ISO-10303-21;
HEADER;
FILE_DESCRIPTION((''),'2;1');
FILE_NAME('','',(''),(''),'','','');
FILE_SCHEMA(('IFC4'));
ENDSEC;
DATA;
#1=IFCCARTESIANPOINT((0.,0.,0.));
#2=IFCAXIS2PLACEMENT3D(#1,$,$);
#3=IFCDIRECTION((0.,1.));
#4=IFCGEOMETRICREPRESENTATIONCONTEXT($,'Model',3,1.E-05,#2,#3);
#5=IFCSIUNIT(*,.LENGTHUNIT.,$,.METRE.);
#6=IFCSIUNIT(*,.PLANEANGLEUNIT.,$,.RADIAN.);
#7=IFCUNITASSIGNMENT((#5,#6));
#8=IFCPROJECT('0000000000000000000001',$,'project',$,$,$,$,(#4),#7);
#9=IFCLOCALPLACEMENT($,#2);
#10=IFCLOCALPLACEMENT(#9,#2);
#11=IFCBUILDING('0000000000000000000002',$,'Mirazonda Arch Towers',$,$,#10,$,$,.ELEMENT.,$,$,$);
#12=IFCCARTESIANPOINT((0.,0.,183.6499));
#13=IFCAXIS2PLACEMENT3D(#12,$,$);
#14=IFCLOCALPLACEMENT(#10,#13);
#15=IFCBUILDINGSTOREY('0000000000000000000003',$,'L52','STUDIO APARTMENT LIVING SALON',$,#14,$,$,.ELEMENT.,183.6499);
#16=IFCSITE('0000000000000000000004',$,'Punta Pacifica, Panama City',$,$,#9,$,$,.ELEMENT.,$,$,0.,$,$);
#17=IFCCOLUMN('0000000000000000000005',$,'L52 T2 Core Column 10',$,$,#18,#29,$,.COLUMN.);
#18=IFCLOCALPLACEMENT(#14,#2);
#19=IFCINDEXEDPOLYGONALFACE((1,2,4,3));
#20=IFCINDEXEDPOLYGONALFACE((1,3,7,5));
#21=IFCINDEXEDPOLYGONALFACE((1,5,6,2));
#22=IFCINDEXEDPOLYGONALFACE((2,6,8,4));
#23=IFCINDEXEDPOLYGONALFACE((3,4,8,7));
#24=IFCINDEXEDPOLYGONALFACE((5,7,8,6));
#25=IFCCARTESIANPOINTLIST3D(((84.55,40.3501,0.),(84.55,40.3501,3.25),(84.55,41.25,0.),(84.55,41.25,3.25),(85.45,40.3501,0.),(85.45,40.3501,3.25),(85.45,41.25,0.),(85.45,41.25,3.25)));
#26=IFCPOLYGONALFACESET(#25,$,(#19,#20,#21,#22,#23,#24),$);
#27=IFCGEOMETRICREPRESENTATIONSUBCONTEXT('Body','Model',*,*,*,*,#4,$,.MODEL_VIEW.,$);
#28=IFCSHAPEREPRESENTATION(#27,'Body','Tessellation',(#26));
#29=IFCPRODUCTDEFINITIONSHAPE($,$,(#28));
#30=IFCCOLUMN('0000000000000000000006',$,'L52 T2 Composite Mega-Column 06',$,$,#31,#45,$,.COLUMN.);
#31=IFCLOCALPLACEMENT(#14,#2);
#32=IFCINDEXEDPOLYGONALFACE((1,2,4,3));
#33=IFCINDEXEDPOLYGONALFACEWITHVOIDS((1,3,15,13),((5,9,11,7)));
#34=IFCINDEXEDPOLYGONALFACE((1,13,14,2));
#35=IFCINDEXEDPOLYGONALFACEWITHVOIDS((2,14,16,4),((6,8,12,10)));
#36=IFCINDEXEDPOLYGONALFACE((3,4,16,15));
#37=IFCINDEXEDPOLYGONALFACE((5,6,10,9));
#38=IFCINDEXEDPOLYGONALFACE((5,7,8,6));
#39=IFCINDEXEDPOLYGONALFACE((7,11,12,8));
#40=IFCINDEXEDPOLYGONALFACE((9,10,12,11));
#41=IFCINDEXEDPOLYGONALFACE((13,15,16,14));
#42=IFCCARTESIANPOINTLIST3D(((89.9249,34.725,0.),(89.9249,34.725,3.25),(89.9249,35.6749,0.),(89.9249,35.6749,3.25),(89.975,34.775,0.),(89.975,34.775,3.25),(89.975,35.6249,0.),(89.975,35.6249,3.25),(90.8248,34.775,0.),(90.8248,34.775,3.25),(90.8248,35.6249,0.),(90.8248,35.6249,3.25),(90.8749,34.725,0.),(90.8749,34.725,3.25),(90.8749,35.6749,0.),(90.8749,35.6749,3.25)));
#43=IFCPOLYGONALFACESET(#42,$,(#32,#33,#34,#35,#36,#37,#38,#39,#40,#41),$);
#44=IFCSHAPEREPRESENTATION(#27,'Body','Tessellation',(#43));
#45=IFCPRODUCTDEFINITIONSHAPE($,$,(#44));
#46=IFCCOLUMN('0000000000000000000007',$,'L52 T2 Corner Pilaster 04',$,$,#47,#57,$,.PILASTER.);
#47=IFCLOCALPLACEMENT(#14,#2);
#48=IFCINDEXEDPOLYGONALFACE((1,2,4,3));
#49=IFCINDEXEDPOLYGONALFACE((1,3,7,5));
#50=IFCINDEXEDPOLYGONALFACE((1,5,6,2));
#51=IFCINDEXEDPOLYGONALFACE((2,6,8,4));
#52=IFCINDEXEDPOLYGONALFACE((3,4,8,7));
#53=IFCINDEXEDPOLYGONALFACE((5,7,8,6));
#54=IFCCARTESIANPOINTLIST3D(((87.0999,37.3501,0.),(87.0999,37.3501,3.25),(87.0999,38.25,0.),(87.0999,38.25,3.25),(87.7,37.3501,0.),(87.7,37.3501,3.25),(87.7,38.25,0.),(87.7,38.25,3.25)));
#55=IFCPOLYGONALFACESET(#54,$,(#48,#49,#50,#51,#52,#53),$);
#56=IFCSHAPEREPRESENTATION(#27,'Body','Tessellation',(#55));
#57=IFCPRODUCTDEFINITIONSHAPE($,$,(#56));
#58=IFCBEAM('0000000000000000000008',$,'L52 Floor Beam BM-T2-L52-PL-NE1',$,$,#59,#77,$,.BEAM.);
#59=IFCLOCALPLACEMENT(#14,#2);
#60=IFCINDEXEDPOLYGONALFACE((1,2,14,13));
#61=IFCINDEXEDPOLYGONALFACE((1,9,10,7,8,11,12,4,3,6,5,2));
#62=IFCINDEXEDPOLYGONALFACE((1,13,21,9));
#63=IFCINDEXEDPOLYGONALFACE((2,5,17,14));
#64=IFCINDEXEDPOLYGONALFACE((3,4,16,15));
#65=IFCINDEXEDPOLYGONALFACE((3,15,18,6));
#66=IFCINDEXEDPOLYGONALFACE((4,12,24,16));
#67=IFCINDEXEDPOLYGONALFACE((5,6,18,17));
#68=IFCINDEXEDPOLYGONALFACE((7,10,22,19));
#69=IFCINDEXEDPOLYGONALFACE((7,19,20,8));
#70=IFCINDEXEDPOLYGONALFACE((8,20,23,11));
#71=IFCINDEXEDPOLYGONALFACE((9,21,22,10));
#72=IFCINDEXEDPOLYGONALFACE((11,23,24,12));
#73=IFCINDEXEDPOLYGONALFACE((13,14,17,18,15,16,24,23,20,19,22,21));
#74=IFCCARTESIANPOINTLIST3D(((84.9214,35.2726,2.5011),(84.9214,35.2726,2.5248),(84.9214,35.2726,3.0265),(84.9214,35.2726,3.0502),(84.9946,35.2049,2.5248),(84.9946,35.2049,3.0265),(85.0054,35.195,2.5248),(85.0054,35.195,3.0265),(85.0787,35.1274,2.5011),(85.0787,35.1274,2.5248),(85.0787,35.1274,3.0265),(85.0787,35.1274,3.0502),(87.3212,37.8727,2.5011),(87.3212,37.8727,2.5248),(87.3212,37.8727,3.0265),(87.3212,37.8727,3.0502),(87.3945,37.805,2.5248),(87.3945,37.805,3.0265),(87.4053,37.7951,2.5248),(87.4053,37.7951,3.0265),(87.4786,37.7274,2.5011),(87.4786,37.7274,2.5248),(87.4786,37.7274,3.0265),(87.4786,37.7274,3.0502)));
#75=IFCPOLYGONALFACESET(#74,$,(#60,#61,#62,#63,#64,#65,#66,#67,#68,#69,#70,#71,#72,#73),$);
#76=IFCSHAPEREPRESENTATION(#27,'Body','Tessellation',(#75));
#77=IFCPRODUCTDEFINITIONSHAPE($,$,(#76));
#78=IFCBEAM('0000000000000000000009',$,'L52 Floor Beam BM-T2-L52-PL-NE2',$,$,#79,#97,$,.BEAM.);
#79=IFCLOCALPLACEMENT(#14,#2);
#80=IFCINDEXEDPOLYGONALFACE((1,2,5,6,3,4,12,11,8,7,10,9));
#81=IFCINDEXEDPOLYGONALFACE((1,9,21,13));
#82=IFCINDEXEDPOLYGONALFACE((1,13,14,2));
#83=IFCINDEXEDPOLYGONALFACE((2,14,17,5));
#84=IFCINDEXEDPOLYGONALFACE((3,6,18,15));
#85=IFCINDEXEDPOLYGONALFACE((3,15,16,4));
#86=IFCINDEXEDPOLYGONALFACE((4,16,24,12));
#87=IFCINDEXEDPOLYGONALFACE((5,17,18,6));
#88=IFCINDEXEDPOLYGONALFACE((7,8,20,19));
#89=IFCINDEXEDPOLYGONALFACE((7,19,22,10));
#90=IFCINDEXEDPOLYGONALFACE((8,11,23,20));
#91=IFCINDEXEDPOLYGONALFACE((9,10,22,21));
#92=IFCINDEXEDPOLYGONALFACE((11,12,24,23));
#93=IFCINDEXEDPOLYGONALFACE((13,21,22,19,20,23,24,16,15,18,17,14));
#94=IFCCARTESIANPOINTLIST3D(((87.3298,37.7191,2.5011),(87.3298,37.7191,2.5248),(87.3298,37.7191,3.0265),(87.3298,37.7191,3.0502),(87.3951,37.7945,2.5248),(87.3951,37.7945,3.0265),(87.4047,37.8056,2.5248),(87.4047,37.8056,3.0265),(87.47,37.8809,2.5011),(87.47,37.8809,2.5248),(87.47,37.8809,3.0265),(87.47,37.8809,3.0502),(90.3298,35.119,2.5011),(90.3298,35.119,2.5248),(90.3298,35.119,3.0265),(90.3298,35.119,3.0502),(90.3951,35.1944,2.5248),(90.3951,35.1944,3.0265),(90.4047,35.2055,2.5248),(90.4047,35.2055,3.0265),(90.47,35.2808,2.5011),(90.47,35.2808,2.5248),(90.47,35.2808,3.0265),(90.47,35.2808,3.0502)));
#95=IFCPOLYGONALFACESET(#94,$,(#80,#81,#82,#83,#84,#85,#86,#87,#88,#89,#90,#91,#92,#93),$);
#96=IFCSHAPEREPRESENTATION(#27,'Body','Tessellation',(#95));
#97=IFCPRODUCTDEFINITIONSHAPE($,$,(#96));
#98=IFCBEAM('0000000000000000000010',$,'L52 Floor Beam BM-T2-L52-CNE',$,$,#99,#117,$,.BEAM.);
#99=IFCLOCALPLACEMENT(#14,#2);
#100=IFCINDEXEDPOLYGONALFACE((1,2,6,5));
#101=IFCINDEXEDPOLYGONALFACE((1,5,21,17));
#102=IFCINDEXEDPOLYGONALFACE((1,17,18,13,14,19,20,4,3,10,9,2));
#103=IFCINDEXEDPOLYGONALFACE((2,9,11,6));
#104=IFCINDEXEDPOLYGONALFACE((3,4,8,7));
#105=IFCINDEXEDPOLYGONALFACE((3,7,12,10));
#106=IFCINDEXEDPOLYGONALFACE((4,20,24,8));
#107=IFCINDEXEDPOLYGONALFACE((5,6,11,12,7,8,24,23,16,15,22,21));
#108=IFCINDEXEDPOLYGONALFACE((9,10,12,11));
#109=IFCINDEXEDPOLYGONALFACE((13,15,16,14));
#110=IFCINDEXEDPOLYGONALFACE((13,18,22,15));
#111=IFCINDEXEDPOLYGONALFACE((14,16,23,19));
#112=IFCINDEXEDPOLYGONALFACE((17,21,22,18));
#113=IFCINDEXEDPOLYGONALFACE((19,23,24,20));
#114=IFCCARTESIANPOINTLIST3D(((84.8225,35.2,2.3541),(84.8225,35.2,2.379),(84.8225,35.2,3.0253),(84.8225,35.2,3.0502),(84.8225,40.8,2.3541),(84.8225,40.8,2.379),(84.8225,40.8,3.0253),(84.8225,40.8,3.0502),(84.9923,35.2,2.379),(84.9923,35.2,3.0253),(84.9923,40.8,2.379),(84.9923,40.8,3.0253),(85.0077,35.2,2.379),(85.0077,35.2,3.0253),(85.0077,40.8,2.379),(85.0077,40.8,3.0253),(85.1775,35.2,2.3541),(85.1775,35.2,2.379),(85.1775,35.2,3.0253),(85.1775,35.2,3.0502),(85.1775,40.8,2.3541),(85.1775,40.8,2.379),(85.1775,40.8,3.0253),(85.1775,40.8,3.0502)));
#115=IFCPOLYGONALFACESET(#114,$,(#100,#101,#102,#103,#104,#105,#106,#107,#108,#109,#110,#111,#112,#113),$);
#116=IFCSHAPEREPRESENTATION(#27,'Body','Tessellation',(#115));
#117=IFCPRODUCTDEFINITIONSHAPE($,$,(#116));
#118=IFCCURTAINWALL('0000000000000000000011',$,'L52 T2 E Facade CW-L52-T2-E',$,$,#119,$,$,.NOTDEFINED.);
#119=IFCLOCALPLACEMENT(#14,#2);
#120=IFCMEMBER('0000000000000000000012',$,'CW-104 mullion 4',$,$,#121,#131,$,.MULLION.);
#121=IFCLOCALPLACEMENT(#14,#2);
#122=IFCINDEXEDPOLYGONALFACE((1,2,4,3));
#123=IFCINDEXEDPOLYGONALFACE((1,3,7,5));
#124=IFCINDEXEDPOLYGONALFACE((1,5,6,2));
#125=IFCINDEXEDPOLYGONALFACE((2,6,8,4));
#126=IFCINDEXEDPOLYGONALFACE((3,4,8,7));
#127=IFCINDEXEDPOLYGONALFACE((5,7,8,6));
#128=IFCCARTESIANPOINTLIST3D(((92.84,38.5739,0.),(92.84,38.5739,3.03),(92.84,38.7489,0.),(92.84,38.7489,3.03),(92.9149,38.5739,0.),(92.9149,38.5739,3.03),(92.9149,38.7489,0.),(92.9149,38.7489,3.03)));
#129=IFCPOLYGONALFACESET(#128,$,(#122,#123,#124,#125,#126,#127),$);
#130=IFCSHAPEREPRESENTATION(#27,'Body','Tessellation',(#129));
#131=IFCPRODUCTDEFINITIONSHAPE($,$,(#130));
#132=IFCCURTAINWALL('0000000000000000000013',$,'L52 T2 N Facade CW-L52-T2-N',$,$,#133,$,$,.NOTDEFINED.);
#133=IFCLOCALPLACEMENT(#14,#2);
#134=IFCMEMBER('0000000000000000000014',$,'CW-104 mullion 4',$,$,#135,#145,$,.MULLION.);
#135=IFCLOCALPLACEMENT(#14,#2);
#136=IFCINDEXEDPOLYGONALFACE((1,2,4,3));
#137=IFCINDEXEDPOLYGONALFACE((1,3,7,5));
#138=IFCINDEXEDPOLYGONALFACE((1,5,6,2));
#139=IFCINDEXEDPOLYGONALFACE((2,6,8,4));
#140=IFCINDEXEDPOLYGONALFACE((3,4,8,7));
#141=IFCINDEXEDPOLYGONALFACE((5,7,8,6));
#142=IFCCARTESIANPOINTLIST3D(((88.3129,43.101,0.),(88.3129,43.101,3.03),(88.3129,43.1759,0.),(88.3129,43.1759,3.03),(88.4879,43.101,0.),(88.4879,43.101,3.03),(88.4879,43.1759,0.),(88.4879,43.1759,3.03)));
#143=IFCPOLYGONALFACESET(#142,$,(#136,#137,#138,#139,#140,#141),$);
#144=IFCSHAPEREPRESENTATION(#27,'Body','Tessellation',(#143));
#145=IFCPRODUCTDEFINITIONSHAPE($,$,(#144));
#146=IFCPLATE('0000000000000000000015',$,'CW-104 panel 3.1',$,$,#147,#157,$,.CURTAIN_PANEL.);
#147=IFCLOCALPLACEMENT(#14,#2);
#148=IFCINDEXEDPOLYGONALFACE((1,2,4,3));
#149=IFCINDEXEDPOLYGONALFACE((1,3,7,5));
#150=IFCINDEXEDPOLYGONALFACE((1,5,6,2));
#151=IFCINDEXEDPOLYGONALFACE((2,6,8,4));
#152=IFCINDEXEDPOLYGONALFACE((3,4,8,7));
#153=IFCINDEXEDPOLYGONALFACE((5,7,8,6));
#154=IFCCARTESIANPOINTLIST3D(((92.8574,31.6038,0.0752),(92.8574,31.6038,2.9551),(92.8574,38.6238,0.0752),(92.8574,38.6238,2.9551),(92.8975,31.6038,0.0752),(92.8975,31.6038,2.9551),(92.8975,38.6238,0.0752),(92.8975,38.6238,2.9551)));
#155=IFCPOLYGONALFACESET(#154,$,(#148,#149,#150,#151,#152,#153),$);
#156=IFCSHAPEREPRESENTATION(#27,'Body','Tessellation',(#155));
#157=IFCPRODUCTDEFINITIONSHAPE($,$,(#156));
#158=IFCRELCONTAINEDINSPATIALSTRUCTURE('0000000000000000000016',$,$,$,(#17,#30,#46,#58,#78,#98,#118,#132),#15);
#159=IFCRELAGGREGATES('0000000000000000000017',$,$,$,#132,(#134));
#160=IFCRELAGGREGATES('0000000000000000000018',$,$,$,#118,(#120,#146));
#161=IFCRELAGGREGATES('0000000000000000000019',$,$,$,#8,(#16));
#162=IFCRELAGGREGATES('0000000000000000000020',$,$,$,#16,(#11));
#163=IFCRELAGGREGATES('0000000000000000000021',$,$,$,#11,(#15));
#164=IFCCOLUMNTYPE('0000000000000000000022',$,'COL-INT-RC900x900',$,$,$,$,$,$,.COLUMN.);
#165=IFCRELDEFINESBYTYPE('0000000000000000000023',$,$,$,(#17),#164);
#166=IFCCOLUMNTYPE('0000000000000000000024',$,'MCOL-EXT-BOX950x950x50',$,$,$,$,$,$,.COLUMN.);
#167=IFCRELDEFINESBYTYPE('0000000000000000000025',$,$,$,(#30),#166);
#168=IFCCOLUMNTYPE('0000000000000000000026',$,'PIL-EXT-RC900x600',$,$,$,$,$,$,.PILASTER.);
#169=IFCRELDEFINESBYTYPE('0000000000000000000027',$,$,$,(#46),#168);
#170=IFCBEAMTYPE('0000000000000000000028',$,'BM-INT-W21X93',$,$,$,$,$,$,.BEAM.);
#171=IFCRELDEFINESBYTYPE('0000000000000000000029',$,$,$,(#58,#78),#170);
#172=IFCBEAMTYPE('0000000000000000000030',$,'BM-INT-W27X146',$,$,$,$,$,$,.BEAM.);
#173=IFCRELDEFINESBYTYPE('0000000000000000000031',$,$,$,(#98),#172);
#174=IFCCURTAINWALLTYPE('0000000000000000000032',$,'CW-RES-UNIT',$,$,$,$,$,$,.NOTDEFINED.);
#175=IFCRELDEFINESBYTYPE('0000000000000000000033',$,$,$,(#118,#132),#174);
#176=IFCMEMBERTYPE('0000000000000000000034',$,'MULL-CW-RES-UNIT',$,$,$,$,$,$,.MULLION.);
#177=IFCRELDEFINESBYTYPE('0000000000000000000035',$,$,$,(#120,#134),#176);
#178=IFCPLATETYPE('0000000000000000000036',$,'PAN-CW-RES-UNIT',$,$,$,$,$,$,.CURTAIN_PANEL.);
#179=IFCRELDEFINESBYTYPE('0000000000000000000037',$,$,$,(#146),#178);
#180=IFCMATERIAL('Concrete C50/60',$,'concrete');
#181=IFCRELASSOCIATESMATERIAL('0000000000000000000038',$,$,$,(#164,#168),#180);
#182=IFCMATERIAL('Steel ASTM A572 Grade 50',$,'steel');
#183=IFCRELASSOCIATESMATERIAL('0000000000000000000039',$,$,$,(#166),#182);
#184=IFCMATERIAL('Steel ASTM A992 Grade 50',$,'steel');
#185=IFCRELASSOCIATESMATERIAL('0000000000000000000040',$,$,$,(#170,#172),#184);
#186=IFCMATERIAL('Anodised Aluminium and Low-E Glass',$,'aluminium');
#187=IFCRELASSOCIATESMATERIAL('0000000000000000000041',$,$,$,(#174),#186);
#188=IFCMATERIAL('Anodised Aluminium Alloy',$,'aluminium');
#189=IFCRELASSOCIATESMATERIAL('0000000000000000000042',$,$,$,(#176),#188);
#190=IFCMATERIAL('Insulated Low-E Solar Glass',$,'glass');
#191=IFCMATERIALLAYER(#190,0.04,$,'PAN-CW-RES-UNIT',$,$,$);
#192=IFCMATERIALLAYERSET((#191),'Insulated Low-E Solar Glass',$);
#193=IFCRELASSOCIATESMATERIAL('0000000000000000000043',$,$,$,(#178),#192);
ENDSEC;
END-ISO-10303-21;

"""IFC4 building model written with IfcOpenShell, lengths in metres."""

from ifc_helpers import new_model, si_unit, direction, frame, origin, origin_2d, place, context, subcontext, project, spatial, rectangle, hollow_rectangle, i_section, extrude, material, layer, layer_set, material_profile, profile_set, type_object, element, aggregate, save


model = new_model("IFC4")

# Units and contexts
model_context = context("Model", 3, precision=1e-05, world=origin(), true_north=direction((0.0, 1.0)))
body_context = subcontext(model_context, "Body", "Model", "MODEL_VIEW")
ifc_project = project(units=[si_unit("LENGTHUNIT", "METRE"), si_unit("PLANEANGLEUNIT", "RADIAN")], contexts=[model_context])

# Site, building, storey
site_placement = place(None, origin())
site = spatial("IfcSite", under=ifc_project, at=site_placement, Name="Punta Pacifica, Panama City", CompositionType="ELEMENT", RefElevation=0.0)
building_placement = place(site_placement, origin())
building = spatial("IfcBuilding", under=site, at=building_placement, Name="Mirazonda Arch Towers", CompositionType="ELEMENT")
storey_placement = place(building_placement, frame((0.0, 0.0, 183.6499)))
storey = spatial("IfcBuildingStorey", under=building, at=storey_placement, Name="L52", Description="STUDIO APARTMENT LIVING SALON", CompositionType="ELEMENT", Elevation=183.6499)

# Columns
ifc_material_1 = material(Name="Concrete C50/60", Category="concrete")
ifc_material_profile_1 = material_profile(ifc_material_1, rectangle(XDim=0.8999, YDim=0.8999, at=origin_2d()), Name="RC900x900")
ifc_profile_set_1 = profile_set([ifc_material_profile_1], Name="Concrete C50/60")
column_type_1 = type_object("IfcColumnType", Name="COL-INT-RC900x900", PredefinedType="COLUMN", material=ifc_profile_set_1)
column_1_placement = place(storey_placement, frame((85.0, 40.8, 0.0), z_axis=(0.0, 0.0, 1.0), x_axis=(1.0, 0.0, 0.0)))
element("IfcColumn", 1, at=column_1_placement, inside=storey, type_object=column_type_1, Name="L52 T2 Core Column 10", PredefinedType="COLUMN", context=body_context, shape_type="SweptSolid", body=[
    extrude(rectangle(XDim=0.8999, YDim=0.8999, at=origin_2d()), origin(), (0.0, 0.0, 1.0), 3.25),
])
ifc_material_2 = material(Name="Steel ASTM A572 Grade 50", Category="steel")
ifc_material_profile_2 = material_profile(ifc_material_2, hollow_rectangle(XDim=0.95, YDim=0.95, WallThickness=0.05, at=origin_2d()), Name="BOX950x950x50")
ifc_profile_set_2 = profile_set([ifc_material_profile_2], Name="Steel ASTM A572 Grade 50")
column_type_2 = type_object("IfcColumnType", Name="MCOL-EXT-BOX950x950x50", PredefinedType="COLUMN", material=ifc_profile_set_2)
column_2_placement = place(storey_placement, frame((90.3999, 35.2, 0.0), z_axis=(0.0, 0.0, 1.0), x_axis=(1.0, 0.0, 0.0)))
element("IfcColumn", 2, at=column_2_placement, inside=storey, type_object=column_type_2, Name="L52 T2 Composite Mega-Column 06", PredefinedType="COLUMN", context=body_context, shape_type="SweptSolid", body=[
    extrude(hollow_rectangle(XDim=0.95, YDim=0.95, WallThickness=0.05, at=origin_2d()), origin(), (0.0, 0.0, 1.0), 3.25),
])
ifc_material_profile_3 = material_profile(ifc_material_1, rectangle(XDim=0.6001, YDim=0.8999, at=origin_2d()), Name="RC900x600")
ifc_profile_set_3 = profile_set([ifc_material_profile_3], Name="Concrete C50/60")
column_type_3 = type_object("IfcColumnType", Name="PIL-EXT-RC900x600", PredefinedType="PILASTER", material=ifc_profile_set_3)
column_3_placement = place(storey_placement, frame((87.3999, 37.8, 0.0), z_axis=(0.0, 0.0, 1.0), x_axis=(1.0, 0.0, 0.0)))
element("IfcColumn", 3, at=column_3_placement, inside=storey, type_object=column_type_3, Name="L52 T2 Corner Pilaster 04", PredefinedType="PILASTER", context=body_context, shape_type="SweptSolid", body=[
    extrude(rectangle(XDim=0.6001, YDim=0.8999, at=origin_2d()), origin(), (0.0, 0.0, 1.0), 3.25),
])

# Beams
ifc_material_3 = material(Name="Steel ASTM A992 Grade 50", Category="steel")
ifc_material_profile_4 = material_profile(ifc_material_3, i_section(OverallWidth=0.2141, OverallDepth=0.5491, WebThickness=0.0146, FlangeThickness=0.0237, at=origin_2d()), Name="W21X93")
ifc_profile_set_4 = profile_set([ifc_material_profile_4], Name="Steel ASTM A992 Grade 50")
beam_type_1 = type_object("IfcBeamType", Name="BM-INT-W21X93", PredefinedType="BEAM", material=ifc_profile_set_4)
beam_1_placement = place(storey_placement, frame((87.3999, 37.8, 2.7756), z_axis=(-0.678251, -0.73483, 0.0), x_axis=(0.73483, -0.678251, 0.0)))
element("IfcBeam", 4, at=beam_1_placement, inside=storey, type_object=beam_type_1, Name="L52 Floor Beam BM-T2-L52-PL-NE1", PredefinedType="BEAM", context=body_context, shape_type="SweptSolid", body=[
    extrude(i_section(OverallWidth=0.2141, OverallDepth=0.5491, WebThickness=0.0146, FlangeThickness=0.0237, at=origin_2d()), origin(), (0.0, 0.0, 1.0), 3.5383),
])
beam_2_placement = place(storey_placement, frame((87.3999, 37.8, 2.7756), z_axis=(0.755677, -0.654945, 0.0), x_axis=(0.654945, 0.755677, 0.0)))
element("IfcBeam", 5, at=beam_2_placement, inside=storey, type_object=beam_type_1, Name="L52 Floor Beam BM-T2-L52-PL-NE2", PredefinedType="BEAM", context=body_context, shape_type="SweptSolid", body=[
    extrude(i_section(OverallWidth=0.2141, OverallDepth=0.5491, WebThickness=0.0146, FlangeThickness=0.0237, at=origin_2d()), origin(), (0.0, 0.0, 1.0), 3.97),
])
ifc_material_profile_5 = material_profile(ifc_material_3, i_section(OverallWidth=0.355, OverallDepth=0.696, WebThickness=0.0154, FlangeThickness=0.0249, at=origin_2d()), Name="W27X146")
ifc_profile_set_5 = profile_set([ifc_material_profile_5], Name="Steel ASTM A992 Grade 50")
beam_type_2 = type_object("IfcBeamType", Name="BM-INT-W27X146", PredefinedType="BEAM", material=ifc_profile_set_5)
beam_3_placement = place(storey_placement, frame((85.0, 35.2, 2.7021), z_axis=(0.0, 1.0, 0.0), x_axis=(-1.0, 0.0, 0.0)))
element("IfcBeam", 6, at=beam_3_placement, inside=storey, type_object=beam_type_2, Name="L52 Floor Beam BM-T2-L52-CNE", PredefinedType="BEAM", context=body_context, shape_type="SweptSolid", body=[
    extrude(i_section(OverallWidth=0.355, OverallDepth=0.696, WebThickness=0.0154, FlangeThickness=0.0249, at=origin_2d()), origin(), (0.0, 0.0, 1.0), 5.6001),
])

# Curtain walls, members
ifc_material_4 = material(Name="Anodised Aluminium and Low-E Glass", Category="aluminium")
curtain_wall_type = type_object("IfcCurtainWallType", Name="CW-RES-UNIT", PredefinedType="NOTDEFINED", material=ifc_material_4)
curtain_wall_1_placement = place(storey_placement, origin())
curtain_wall_1 = element("IfcCurtainWall", 7, at=curtain_wall_1_placement, inside=storey, type_object=curtain_wall_type, Name="L52 T2 E Facade CW-L52-T2-E", PredefinedType="NOTDEFINED")
ifc_material_5 = material(Name="Anodised Aluminium Alloy", Category="aluminium")
ifc_material_profile_6 = material_profile(ifc_material_5, rectangle(XDim=0.075, YDim=0.175, at=origin_2d()), Name="ALU-MULL-75x175")
ifc_profile_set_6 = profile_set([ifc_material_profile_6], Name="Anodised Aluminium Alloy")
member_type = type_object("IfcMemberType", Name="MULL-CW-RES-UNIT", PredefinedType="MULLION", material=ifc_profile_set_6)
member_1_placement = place(storey_placement, frame((92.8774, 38.6614, 0.0), z_axis=(0.0, 0.0, 1.0), x_axis=(-1.0, 0.0, 0.0)))
member_1 = element("IfcMember", 8, at=member_1_placement, type_object=member_type, Name="CW-104 mullion 4", PredefinedType="MULLION", context=body_context, shape_type="SweptSolid", body=[
    extrude(rectangle(XDim=0.075, YDim=0.175, at=origin_2d()), origin(), (0.0, 0.0, 1.0), 3.03),
])
curtain_wall_2_placement = place(storey_placement, origin())
curtain_wall_2 = element("IfcCurtainWall", 9, at=curtain_wall_2_placement, inside=storey, type_object=curtain_wall_type, Name="L52 T2 N Facade CW-L52-T2-N", PredefinedType="NOTDEFINED")
member_2_placement = place(storey_placement, frame((88.4004, 43.1384, 0.0), z_axis=(0.0, 0.0, 1.0), x_axis=(0.0, 1.0, 0.0)))
member_2 = element("IfcMember", 10, at=member_2_placement, type_object=member_type, Name="CW-104 mullion 4", PredefinedType="MULLION", context=body_context, shape_type="SweptSolid", body=[
    extrude(rectangle(XDim=0.075, YDim=0.175, at=origin_2d()), origin(), (0.0, 0.0, 1.0), 3.03),
])
aggregate(curtain_wall_2, [member_2])

# Plate
ifc_material_6 = material(Name="Insulated Low-E Solar Glass", Category="glass")
ifc_layer_1 = layer(ifc_material_6, 0.04, Name="PAN-CW-RES-UNIT")
ifc_layer_set_1 = layer_set([ifc_layer_1], Name="Insulated Low-E Solar Glass")
plate_type = type_object("IfcPlateType", Name="PAN-CW-RES-UNIT", PredefinedType="CURTAIN_PANEL", material=ifc_layer_set_1)
plate_placement = place(storey_placement, frame((92.8774, 35.1138, 0.0752), z_axis=(0.0, 0.0, 1.0), x_axis=(0.0, 1.0, 0.0)))
plate = element("IfcPlate", 11, at=plate_placement, type_object=plate_type, Name="CW-104 panel 3.1", PredefinedType="CURTAIN_PANEL", context=body_context, shape_type="SweptSolid", body=[
    extrude(rectangle(XDim=7.02, YDim=0.04, at=origin_2d()), origin(), (0.0, 0.0, 1.0), 2.8799),
])
aggregate(curtain_wall_1, [member_1, plate])

save(model, "model.ifc")
